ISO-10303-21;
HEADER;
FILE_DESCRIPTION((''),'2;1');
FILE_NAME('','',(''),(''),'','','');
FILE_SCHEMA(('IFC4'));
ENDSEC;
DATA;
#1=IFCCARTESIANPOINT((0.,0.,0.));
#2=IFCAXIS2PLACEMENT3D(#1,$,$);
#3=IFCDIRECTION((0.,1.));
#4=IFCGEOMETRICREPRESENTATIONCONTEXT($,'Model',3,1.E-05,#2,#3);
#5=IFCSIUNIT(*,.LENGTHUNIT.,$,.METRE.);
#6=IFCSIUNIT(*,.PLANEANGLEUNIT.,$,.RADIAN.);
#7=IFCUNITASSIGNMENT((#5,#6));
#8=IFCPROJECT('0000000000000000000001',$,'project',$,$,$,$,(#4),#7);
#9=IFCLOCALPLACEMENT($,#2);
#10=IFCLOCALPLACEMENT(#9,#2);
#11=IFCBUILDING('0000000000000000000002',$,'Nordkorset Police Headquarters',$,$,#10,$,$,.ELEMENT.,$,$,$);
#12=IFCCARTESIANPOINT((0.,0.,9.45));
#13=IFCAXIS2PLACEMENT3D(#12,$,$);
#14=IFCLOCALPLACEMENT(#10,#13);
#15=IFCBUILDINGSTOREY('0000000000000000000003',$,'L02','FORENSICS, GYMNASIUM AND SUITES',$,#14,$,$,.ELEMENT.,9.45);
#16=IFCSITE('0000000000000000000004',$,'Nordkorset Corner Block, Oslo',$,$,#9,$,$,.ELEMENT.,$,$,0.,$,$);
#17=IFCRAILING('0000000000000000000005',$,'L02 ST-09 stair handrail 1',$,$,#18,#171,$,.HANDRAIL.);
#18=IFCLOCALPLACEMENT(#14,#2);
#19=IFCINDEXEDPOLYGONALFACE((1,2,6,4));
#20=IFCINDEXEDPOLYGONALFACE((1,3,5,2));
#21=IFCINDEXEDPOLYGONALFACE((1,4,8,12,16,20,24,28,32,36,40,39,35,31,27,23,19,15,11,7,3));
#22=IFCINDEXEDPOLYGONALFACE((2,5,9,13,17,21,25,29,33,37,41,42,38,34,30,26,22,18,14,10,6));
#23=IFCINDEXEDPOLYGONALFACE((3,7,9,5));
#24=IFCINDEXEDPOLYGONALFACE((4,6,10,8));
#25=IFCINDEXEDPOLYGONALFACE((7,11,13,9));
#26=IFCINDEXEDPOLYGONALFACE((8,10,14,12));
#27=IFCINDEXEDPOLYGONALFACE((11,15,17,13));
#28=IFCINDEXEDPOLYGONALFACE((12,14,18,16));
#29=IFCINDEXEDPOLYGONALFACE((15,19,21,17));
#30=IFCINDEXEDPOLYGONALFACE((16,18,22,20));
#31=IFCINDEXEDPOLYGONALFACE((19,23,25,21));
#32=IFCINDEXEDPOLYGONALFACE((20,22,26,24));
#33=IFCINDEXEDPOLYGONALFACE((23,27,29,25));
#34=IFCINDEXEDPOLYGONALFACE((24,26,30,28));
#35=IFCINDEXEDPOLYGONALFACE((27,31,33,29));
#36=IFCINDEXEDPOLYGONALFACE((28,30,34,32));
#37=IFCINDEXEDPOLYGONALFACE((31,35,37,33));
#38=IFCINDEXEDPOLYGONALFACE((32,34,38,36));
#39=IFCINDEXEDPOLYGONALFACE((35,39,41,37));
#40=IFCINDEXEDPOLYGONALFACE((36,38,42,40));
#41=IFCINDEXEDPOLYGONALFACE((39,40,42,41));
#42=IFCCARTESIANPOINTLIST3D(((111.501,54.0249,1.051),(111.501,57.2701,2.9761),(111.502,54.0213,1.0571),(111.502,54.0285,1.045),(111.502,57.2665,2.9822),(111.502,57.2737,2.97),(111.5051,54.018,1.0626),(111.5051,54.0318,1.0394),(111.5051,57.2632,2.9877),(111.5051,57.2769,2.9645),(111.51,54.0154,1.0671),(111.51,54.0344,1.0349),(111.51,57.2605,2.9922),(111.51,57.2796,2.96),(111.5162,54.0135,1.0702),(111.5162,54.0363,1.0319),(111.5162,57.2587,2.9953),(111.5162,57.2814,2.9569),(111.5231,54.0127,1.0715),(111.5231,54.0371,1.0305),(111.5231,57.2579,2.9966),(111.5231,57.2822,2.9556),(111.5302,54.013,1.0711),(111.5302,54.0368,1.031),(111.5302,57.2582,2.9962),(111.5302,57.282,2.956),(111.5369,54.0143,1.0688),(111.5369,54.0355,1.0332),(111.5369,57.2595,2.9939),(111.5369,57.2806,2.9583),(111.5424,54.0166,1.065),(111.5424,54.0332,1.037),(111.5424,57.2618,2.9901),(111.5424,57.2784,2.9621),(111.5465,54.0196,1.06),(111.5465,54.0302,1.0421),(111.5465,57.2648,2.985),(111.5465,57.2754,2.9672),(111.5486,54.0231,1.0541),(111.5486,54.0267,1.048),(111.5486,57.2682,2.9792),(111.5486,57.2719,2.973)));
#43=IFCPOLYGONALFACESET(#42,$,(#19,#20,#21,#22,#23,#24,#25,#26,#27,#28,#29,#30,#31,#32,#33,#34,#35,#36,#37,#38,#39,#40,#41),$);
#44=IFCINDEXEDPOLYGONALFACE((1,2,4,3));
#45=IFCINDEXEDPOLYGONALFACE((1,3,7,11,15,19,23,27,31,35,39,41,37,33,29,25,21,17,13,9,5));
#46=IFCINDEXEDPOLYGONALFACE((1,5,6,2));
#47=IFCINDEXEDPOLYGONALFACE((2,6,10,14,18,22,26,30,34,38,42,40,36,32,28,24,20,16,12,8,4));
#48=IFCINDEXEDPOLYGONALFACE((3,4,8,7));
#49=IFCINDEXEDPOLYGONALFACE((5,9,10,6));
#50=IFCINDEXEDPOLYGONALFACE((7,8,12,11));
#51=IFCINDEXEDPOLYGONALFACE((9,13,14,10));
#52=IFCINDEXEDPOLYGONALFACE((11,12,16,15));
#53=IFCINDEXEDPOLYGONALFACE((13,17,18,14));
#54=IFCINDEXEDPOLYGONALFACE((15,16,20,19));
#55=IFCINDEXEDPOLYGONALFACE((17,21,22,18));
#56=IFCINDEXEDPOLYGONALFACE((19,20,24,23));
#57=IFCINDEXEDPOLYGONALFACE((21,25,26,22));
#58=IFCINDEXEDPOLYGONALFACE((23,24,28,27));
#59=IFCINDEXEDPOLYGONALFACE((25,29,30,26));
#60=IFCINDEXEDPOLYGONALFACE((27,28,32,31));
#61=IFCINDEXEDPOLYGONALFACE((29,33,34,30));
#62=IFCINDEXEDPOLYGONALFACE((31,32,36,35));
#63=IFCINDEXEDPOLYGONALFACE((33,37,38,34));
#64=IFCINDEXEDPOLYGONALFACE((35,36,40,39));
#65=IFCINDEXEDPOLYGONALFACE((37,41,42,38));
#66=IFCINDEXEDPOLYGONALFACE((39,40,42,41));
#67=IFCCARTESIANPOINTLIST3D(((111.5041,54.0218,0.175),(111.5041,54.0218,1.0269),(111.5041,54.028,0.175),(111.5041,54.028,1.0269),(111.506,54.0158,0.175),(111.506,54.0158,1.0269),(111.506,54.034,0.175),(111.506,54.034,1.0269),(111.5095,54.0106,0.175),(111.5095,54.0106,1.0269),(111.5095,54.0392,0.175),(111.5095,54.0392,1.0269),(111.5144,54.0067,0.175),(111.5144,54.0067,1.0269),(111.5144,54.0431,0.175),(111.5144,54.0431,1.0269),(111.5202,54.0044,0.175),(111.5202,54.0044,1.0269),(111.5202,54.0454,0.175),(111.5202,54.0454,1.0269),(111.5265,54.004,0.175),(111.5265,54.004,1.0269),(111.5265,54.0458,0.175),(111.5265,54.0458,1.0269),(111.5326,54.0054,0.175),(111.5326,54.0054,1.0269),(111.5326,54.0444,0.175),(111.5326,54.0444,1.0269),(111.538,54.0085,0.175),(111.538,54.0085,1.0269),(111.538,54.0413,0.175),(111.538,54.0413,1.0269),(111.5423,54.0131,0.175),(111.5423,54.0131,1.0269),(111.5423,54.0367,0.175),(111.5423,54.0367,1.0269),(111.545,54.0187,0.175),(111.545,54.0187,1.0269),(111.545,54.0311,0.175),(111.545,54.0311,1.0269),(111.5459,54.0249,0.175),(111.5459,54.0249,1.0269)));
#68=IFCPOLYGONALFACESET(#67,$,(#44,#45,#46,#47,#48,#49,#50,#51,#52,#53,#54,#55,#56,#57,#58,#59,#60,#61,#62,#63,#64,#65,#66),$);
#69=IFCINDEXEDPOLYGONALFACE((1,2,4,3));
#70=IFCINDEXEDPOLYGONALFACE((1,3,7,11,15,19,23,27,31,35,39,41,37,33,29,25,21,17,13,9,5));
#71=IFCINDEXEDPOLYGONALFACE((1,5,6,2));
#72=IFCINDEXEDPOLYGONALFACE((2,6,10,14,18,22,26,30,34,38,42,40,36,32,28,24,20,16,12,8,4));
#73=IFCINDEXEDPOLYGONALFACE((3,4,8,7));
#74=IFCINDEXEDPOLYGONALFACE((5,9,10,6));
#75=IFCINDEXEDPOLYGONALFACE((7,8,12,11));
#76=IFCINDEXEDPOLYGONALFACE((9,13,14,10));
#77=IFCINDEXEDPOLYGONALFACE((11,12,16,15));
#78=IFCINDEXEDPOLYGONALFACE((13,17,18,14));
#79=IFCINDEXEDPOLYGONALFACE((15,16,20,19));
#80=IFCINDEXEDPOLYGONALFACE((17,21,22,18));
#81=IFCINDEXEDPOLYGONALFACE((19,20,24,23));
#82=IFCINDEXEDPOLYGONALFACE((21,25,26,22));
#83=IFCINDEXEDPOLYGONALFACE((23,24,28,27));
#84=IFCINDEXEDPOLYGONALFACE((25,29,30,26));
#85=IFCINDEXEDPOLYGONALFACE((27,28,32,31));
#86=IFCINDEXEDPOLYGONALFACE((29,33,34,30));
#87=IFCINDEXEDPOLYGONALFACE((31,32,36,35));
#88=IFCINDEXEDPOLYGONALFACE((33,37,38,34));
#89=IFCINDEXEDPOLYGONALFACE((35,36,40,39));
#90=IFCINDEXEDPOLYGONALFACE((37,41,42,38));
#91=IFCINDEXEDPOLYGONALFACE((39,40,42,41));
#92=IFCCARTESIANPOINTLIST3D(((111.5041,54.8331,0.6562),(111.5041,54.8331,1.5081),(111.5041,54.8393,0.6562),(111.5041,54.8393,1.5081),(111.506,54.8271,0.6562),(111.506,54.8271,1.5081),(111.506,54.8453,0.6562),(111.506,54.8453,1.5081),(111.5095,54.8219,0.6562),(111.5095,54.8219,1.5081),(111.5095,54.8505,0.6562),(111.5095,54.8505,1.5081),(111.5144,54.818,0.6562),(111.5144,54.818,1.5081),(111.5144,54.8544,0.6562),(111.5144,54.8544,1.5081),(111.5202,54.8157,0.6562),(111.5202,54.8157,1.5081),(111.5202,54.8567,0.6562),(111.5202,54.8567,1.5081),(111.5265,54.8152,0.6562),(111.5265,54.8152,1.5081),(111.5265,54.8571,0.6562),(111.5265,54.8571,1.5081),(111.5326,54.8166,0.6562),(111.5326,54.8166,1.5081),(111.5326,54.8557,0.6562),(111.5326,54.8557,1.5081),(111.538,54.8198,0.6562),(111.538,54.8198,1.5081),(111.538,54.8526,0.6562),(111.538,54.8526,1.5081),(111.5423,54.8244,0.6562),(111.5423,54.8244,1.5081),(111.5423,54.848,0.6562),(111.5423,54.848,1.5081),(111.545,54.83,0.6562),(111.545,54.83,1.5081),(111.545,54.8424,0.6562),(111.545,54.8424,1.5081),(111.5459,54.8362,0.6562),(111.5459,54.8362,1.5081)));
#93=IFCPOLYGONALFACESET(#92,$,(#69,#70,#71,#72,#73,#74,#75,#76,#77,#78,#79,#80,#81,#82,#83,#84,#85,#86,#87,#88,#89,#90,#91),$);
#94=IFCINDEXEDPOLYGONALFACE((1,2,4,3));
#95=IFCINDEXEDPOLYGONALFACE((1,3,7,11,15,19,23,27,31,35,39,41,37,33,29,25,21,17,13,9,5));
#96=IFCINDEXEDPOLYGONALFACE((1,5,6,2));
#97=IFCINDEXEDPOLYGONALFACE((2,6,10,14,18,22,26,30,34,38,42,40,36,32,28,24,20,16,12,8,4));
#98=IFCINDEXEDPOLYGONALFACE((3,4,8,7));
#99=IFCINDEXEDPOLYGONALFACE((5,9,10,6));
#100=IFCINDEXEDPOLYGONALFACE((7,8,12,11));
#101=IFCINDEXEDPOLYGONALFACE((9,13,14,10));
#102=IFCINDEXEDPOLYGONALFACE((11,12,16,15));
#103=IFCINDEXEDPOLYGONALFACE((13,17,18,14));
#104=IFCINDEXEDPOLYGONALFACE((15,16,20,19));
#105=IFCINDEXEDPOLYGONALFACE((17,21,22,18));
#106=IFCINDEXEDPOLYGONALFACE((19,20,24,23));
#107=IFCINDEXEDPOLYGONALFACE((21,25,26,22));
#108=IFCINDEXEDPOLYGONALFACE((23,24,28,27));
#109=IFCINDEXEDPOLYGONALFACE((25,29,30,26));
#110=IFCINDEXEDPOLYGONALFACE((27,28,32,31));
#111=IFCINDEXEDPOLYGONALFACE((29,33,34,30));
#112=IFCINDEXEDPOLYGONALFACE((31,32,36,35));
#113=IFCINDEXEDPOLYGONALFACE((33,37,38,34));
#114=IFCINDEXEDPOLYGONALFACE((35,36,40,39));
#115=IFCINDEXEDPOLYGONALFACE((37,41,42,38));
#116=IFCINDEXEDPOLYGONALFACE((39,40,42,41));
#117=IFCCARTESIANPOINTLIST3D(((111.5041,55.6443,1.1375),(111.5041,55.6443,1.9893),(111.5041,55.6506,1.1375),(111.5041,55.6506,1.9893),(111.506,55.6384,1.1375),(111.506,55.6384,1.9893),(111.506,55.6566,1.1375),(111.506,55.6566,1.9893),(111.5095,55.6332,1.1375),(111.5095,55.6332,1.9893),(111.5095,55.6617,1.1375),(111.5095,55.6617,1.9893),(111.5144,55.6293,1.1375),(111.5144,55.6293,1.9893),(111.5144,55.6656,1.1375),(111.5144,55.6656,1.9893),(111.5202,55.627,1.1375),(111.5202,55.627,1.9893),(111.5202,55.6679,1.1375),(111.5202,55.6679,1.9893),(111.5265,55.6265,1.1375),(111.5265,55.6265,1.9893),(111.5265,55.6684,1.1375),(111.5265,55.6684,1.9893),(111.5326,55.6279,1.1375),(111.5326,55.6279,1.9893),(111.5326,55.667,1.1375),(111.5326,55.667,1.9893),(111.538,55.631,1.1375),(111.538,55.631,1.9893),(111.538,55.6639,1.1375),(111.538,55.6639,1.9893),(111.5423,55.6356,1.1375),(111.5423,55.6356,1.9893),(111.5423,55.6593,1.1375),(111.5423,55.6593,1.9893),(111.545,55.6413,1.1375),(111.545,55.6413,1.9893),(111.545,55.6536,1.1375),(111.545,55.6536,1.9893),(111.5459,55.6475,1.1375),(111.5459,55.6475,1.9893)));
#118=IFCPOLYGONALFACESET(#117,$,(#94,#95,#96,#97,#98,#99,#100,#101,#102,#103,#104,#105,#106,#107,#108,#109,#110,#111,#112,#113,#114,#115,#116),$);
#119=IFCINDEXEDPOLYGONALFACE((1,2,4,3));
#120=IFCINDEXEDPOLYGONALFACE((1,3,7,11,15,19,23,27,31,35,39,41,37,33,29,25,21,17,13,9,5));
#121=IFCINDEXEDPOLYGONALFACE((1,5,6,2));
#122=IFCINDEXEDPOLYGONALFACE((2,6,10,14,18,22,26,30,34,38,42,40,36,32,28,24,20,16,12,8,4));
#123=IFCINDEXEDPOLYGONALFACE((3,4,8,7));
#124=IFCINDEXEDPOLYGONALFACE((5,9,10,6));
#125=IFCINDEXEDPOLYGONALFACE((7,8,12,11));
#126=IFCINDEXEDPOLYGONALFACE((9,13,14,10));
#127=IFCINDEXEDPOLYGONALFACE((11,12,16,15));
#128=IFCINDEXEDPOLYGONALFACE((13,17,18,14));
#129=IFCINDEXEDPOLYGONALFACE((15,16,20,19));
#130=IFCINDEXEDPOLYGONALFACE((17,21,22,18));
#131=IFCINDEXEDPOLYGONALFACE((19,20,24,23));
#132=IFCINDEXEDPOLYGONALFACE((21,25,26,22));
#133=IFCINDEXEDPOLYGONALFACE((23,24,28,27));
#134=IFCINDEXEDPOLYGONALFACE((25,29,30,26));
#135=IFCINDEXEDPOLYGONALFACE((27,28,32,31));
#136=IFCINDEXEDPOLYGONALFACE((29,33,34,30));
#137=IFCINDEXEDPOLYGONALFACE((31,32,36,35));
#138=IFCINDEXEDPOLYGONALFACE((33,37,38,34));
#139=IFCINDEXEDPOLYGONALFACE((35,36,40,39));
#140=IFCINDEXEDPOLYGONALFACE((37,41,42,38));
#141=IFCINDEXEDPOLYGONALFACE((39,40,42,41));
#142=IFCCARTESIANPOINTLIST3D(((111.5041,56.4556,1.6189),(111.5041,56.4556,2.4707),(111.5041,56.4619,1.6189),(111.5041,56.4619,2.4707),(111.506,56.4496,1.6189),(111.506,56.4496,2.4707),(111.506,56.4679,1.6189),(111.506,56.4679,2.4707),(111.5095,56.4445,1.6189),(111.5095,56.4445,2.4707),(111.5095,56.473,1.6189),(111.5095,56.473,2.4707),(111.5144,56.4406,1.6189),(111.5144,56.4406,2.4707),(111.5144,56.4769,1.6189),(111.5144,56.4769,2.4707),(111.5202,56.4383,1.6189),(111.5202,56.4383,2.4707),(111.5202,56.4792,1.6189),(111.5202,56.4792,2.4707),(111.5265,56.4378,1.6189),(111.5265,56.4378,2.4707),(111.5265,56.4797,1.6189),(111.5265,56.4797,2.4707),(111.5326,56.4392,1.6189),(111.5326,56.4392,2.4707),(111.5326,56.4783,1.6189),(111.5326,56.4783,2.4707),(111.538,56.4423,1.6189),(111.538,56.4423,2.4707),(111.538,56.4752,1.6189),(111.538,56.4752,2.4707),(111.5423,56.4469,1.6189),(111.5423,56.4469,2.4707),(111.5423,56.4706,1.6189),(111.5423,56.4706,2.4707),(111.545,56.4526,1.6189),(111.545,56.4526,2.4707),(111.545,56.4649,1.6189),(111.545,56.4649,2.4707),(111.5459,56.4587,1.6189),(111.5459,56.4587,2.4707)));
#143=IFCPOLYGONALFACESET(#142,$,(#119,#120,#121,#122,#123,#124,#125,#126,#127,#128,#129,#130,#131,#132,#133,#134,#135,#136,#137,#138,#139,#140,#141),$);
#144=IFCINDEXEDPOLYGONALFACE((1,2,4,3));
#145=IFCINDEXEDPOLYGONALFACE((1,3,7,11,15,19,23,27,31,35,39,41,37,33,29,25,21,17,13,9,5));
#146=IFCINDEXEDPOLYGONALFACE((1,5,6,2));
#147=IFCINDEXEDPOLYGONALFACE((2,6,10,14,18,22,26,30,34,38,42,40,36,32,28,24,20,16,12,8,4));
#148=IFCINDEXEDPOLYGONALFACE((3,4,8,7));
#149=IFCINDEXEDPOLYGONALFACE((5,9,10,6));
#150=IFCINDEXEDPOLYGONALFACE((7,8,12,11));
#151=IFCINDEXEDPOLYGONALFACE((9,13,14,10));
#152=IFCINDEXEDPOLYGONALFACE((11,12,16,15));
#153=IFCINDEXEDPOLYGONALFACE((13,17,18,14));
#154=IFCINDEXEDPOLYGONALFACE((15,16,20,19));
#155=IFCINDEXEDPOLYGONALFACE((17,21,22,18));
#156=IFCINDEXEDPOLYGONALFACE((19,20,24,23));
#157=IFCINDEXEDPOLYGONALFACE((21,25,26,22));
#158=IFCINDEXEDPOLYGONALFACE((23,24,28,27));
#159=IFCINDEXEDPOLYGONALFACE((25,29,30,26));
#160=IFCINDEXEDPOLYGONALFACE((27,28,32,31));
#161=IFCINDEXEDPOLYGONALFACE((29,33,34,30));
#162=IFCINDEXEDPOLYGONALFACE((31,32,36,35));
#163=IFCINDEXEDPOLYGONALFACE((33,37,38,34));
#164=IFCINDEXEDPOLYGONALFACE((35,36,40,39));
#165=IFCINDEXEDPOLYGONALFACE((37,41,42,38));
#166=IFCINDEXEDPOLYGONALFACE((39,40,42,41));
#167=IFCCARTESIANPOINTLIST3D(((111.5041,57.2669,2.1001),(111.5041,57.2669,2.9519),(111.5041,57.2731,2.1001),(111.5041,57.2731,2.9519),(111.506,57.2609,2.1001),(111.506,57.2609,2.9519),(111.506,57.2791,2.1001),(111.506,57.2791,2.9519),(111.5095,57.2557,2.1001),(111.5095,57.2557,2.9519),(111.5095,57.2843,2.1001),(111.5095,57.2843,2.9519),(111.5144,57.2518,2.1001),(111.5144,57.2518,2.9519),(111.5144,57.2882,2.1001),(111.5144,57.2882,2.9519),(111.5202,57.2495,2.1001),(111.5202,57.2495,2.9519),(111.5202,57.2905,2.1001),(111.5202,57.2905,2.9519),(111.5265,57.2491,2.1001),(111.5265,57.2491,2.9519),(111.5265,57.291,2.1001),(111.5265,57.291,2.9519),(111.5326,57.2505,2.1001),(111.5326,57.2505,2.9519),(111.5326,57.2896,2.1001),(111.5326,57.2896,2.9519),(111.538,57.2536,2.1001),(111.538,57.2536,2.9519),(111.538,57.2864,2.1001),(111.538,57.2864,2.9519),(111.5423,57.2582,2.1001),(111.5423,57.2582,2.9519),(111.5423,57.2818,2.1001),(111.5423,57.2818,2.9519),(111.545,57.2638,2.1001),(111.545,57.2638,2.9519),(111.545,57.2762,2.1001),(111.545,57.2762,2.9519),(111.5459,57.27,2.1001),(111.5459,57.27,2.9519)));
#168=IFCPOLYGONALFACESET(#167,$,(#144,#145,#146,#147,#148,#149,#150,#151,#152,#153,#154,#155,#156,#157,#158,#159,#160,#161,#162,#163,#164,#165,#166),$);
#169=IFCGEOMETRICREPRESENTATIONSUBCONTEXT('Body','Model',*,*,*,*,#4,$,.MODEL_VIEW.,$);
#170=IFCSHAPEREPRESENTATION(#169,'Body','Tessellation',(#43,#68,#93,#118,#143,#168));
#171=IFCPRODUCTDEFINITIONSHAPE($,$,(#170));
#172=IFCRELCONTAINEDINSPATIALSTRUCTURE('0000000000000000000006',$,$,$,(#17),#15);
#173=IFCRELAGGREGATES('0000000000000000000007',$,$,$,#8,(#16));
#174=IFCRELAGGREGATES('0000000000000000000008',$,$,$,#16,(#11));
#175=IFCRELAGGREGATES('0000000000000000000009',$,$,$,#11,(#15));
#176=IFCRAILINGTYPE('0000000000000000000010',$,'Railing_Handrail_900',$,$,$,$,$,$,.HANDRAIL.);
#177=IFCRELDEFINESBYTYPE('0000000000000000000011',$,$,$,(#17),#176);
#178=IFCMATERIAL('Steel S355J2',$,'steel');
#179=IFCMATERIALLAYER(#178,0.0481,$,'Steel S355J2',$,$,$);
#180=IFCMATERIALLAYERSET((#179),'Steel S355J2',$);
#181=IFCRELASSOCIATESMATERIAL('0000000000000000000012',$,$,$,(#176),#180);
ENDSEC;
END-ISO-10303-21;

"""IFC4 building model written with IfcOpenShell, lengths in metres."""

from ifc_helpers import new_model, si_unit, direction, frame, origin, origin_2d, place, context, subcontext, project, spatial, circle, extrude, material, layer, layer_set, type_object, element, save


model = new_model("IFC4")

# Units and contexts
model_context = context("Model", 3, precision=1e-05, world=origin(), true_north=direction((0.0, 1.0)))
body_context = subcontext(model_context, "Body", "Model", "MODEL_VIEW")
ifc_project = project(units=[si_unit("LENGTHUNIT", "METRE"), si_unit("PLANEANGLEUNIT", "RADIAN")], contexts=[model_context])

# Site, building, storey
site_placement = place(None, origin())
site = spatial("IfcSite", under=ifc_project, at=site_placement, Name="Nordkorset Corner Block, Oslo", CompositionType="ELEMENT", RefElevation=0.0)
building_placement = place(site_placement, origin())
building = spatial("IfcBuilding", under=site, at=building_placement, Name="Nordkorset Police Headquarters", CompositionType="ELEMENT")
storey_placement = place(building_placement, frame((0.0, 0.0, 9.45)))
storey = spatial("IfcBuildingStorey", under=building, at=storey_placement, Name="L02", Description="FORENSICS, GYMNASIUM AND SUITES", CompositionType="ELEMENT", Elevation=9.45)

# Railing
ifc_material_1 = material(Name="Steel S355J2", Category="steel")
ifc_layer_1 = layer(ifc_material_1, 0.0481, Name="Steel S355J2")
ifc_layer_set_1 = layer_set([ifc_layer_1], Name="Steel S355J2")
railing_type_1 = type_object("IfcRailingType", Name="Railing_Handrail_900", PredefinedType="HANDRAIL", material=ifc_layer_set_1)
railing_1_placement = place(storey_placement, frame((111.5249, 54.0249, 0.175)))
element("IfcRailing", 1, at=railing_1_placement, inside=storey, type_object=railing_type_1, Name="L02 ST-09 stair handrail 1", PredefinedType="HANDRAIL", context=body_context, shape_type="SweptSolid", body=[
    extrude(circle(Radius=0.0239, at=origin_2d()), frame((0.0, 0.0, 0.876), z_axis=(0.0, 0.860057, 0.510198), x_axis=(-1.0, 0.0, 0.0)), (0.0, 0.0, 1.0), 3.7732),
    extrude(circle(Radius=0.021, at=origin_2d()), origin(), (0.0, 0.0, 1.0), 0.8518),
    extrude(circle(Radius=0.021, at=origin_2d()), frame((0.0, 0.8113, 0.4812)), (0.0, 0.0, 1.0), 0.8518),
    extrude(circle(Radius=0.021, at=origin_2d()), frame((0.0, 1.6226, 0.9624)), (0.0, 0.0, 1.0), 0.8518),
    extrude(circle(Radius=0.021, at=origin_2d()), frame((0.0, 2.4338, 1.4438)), (0.0, 0.0, 1.0), 0.8518),
    extrude(circle(Radius=0.021, at=origin_2d()), frame((0.0, 3.2451, 1.925)), (0.0, 0.0, 1.0), 0.8518),
])

save(model, "model.ifc")
